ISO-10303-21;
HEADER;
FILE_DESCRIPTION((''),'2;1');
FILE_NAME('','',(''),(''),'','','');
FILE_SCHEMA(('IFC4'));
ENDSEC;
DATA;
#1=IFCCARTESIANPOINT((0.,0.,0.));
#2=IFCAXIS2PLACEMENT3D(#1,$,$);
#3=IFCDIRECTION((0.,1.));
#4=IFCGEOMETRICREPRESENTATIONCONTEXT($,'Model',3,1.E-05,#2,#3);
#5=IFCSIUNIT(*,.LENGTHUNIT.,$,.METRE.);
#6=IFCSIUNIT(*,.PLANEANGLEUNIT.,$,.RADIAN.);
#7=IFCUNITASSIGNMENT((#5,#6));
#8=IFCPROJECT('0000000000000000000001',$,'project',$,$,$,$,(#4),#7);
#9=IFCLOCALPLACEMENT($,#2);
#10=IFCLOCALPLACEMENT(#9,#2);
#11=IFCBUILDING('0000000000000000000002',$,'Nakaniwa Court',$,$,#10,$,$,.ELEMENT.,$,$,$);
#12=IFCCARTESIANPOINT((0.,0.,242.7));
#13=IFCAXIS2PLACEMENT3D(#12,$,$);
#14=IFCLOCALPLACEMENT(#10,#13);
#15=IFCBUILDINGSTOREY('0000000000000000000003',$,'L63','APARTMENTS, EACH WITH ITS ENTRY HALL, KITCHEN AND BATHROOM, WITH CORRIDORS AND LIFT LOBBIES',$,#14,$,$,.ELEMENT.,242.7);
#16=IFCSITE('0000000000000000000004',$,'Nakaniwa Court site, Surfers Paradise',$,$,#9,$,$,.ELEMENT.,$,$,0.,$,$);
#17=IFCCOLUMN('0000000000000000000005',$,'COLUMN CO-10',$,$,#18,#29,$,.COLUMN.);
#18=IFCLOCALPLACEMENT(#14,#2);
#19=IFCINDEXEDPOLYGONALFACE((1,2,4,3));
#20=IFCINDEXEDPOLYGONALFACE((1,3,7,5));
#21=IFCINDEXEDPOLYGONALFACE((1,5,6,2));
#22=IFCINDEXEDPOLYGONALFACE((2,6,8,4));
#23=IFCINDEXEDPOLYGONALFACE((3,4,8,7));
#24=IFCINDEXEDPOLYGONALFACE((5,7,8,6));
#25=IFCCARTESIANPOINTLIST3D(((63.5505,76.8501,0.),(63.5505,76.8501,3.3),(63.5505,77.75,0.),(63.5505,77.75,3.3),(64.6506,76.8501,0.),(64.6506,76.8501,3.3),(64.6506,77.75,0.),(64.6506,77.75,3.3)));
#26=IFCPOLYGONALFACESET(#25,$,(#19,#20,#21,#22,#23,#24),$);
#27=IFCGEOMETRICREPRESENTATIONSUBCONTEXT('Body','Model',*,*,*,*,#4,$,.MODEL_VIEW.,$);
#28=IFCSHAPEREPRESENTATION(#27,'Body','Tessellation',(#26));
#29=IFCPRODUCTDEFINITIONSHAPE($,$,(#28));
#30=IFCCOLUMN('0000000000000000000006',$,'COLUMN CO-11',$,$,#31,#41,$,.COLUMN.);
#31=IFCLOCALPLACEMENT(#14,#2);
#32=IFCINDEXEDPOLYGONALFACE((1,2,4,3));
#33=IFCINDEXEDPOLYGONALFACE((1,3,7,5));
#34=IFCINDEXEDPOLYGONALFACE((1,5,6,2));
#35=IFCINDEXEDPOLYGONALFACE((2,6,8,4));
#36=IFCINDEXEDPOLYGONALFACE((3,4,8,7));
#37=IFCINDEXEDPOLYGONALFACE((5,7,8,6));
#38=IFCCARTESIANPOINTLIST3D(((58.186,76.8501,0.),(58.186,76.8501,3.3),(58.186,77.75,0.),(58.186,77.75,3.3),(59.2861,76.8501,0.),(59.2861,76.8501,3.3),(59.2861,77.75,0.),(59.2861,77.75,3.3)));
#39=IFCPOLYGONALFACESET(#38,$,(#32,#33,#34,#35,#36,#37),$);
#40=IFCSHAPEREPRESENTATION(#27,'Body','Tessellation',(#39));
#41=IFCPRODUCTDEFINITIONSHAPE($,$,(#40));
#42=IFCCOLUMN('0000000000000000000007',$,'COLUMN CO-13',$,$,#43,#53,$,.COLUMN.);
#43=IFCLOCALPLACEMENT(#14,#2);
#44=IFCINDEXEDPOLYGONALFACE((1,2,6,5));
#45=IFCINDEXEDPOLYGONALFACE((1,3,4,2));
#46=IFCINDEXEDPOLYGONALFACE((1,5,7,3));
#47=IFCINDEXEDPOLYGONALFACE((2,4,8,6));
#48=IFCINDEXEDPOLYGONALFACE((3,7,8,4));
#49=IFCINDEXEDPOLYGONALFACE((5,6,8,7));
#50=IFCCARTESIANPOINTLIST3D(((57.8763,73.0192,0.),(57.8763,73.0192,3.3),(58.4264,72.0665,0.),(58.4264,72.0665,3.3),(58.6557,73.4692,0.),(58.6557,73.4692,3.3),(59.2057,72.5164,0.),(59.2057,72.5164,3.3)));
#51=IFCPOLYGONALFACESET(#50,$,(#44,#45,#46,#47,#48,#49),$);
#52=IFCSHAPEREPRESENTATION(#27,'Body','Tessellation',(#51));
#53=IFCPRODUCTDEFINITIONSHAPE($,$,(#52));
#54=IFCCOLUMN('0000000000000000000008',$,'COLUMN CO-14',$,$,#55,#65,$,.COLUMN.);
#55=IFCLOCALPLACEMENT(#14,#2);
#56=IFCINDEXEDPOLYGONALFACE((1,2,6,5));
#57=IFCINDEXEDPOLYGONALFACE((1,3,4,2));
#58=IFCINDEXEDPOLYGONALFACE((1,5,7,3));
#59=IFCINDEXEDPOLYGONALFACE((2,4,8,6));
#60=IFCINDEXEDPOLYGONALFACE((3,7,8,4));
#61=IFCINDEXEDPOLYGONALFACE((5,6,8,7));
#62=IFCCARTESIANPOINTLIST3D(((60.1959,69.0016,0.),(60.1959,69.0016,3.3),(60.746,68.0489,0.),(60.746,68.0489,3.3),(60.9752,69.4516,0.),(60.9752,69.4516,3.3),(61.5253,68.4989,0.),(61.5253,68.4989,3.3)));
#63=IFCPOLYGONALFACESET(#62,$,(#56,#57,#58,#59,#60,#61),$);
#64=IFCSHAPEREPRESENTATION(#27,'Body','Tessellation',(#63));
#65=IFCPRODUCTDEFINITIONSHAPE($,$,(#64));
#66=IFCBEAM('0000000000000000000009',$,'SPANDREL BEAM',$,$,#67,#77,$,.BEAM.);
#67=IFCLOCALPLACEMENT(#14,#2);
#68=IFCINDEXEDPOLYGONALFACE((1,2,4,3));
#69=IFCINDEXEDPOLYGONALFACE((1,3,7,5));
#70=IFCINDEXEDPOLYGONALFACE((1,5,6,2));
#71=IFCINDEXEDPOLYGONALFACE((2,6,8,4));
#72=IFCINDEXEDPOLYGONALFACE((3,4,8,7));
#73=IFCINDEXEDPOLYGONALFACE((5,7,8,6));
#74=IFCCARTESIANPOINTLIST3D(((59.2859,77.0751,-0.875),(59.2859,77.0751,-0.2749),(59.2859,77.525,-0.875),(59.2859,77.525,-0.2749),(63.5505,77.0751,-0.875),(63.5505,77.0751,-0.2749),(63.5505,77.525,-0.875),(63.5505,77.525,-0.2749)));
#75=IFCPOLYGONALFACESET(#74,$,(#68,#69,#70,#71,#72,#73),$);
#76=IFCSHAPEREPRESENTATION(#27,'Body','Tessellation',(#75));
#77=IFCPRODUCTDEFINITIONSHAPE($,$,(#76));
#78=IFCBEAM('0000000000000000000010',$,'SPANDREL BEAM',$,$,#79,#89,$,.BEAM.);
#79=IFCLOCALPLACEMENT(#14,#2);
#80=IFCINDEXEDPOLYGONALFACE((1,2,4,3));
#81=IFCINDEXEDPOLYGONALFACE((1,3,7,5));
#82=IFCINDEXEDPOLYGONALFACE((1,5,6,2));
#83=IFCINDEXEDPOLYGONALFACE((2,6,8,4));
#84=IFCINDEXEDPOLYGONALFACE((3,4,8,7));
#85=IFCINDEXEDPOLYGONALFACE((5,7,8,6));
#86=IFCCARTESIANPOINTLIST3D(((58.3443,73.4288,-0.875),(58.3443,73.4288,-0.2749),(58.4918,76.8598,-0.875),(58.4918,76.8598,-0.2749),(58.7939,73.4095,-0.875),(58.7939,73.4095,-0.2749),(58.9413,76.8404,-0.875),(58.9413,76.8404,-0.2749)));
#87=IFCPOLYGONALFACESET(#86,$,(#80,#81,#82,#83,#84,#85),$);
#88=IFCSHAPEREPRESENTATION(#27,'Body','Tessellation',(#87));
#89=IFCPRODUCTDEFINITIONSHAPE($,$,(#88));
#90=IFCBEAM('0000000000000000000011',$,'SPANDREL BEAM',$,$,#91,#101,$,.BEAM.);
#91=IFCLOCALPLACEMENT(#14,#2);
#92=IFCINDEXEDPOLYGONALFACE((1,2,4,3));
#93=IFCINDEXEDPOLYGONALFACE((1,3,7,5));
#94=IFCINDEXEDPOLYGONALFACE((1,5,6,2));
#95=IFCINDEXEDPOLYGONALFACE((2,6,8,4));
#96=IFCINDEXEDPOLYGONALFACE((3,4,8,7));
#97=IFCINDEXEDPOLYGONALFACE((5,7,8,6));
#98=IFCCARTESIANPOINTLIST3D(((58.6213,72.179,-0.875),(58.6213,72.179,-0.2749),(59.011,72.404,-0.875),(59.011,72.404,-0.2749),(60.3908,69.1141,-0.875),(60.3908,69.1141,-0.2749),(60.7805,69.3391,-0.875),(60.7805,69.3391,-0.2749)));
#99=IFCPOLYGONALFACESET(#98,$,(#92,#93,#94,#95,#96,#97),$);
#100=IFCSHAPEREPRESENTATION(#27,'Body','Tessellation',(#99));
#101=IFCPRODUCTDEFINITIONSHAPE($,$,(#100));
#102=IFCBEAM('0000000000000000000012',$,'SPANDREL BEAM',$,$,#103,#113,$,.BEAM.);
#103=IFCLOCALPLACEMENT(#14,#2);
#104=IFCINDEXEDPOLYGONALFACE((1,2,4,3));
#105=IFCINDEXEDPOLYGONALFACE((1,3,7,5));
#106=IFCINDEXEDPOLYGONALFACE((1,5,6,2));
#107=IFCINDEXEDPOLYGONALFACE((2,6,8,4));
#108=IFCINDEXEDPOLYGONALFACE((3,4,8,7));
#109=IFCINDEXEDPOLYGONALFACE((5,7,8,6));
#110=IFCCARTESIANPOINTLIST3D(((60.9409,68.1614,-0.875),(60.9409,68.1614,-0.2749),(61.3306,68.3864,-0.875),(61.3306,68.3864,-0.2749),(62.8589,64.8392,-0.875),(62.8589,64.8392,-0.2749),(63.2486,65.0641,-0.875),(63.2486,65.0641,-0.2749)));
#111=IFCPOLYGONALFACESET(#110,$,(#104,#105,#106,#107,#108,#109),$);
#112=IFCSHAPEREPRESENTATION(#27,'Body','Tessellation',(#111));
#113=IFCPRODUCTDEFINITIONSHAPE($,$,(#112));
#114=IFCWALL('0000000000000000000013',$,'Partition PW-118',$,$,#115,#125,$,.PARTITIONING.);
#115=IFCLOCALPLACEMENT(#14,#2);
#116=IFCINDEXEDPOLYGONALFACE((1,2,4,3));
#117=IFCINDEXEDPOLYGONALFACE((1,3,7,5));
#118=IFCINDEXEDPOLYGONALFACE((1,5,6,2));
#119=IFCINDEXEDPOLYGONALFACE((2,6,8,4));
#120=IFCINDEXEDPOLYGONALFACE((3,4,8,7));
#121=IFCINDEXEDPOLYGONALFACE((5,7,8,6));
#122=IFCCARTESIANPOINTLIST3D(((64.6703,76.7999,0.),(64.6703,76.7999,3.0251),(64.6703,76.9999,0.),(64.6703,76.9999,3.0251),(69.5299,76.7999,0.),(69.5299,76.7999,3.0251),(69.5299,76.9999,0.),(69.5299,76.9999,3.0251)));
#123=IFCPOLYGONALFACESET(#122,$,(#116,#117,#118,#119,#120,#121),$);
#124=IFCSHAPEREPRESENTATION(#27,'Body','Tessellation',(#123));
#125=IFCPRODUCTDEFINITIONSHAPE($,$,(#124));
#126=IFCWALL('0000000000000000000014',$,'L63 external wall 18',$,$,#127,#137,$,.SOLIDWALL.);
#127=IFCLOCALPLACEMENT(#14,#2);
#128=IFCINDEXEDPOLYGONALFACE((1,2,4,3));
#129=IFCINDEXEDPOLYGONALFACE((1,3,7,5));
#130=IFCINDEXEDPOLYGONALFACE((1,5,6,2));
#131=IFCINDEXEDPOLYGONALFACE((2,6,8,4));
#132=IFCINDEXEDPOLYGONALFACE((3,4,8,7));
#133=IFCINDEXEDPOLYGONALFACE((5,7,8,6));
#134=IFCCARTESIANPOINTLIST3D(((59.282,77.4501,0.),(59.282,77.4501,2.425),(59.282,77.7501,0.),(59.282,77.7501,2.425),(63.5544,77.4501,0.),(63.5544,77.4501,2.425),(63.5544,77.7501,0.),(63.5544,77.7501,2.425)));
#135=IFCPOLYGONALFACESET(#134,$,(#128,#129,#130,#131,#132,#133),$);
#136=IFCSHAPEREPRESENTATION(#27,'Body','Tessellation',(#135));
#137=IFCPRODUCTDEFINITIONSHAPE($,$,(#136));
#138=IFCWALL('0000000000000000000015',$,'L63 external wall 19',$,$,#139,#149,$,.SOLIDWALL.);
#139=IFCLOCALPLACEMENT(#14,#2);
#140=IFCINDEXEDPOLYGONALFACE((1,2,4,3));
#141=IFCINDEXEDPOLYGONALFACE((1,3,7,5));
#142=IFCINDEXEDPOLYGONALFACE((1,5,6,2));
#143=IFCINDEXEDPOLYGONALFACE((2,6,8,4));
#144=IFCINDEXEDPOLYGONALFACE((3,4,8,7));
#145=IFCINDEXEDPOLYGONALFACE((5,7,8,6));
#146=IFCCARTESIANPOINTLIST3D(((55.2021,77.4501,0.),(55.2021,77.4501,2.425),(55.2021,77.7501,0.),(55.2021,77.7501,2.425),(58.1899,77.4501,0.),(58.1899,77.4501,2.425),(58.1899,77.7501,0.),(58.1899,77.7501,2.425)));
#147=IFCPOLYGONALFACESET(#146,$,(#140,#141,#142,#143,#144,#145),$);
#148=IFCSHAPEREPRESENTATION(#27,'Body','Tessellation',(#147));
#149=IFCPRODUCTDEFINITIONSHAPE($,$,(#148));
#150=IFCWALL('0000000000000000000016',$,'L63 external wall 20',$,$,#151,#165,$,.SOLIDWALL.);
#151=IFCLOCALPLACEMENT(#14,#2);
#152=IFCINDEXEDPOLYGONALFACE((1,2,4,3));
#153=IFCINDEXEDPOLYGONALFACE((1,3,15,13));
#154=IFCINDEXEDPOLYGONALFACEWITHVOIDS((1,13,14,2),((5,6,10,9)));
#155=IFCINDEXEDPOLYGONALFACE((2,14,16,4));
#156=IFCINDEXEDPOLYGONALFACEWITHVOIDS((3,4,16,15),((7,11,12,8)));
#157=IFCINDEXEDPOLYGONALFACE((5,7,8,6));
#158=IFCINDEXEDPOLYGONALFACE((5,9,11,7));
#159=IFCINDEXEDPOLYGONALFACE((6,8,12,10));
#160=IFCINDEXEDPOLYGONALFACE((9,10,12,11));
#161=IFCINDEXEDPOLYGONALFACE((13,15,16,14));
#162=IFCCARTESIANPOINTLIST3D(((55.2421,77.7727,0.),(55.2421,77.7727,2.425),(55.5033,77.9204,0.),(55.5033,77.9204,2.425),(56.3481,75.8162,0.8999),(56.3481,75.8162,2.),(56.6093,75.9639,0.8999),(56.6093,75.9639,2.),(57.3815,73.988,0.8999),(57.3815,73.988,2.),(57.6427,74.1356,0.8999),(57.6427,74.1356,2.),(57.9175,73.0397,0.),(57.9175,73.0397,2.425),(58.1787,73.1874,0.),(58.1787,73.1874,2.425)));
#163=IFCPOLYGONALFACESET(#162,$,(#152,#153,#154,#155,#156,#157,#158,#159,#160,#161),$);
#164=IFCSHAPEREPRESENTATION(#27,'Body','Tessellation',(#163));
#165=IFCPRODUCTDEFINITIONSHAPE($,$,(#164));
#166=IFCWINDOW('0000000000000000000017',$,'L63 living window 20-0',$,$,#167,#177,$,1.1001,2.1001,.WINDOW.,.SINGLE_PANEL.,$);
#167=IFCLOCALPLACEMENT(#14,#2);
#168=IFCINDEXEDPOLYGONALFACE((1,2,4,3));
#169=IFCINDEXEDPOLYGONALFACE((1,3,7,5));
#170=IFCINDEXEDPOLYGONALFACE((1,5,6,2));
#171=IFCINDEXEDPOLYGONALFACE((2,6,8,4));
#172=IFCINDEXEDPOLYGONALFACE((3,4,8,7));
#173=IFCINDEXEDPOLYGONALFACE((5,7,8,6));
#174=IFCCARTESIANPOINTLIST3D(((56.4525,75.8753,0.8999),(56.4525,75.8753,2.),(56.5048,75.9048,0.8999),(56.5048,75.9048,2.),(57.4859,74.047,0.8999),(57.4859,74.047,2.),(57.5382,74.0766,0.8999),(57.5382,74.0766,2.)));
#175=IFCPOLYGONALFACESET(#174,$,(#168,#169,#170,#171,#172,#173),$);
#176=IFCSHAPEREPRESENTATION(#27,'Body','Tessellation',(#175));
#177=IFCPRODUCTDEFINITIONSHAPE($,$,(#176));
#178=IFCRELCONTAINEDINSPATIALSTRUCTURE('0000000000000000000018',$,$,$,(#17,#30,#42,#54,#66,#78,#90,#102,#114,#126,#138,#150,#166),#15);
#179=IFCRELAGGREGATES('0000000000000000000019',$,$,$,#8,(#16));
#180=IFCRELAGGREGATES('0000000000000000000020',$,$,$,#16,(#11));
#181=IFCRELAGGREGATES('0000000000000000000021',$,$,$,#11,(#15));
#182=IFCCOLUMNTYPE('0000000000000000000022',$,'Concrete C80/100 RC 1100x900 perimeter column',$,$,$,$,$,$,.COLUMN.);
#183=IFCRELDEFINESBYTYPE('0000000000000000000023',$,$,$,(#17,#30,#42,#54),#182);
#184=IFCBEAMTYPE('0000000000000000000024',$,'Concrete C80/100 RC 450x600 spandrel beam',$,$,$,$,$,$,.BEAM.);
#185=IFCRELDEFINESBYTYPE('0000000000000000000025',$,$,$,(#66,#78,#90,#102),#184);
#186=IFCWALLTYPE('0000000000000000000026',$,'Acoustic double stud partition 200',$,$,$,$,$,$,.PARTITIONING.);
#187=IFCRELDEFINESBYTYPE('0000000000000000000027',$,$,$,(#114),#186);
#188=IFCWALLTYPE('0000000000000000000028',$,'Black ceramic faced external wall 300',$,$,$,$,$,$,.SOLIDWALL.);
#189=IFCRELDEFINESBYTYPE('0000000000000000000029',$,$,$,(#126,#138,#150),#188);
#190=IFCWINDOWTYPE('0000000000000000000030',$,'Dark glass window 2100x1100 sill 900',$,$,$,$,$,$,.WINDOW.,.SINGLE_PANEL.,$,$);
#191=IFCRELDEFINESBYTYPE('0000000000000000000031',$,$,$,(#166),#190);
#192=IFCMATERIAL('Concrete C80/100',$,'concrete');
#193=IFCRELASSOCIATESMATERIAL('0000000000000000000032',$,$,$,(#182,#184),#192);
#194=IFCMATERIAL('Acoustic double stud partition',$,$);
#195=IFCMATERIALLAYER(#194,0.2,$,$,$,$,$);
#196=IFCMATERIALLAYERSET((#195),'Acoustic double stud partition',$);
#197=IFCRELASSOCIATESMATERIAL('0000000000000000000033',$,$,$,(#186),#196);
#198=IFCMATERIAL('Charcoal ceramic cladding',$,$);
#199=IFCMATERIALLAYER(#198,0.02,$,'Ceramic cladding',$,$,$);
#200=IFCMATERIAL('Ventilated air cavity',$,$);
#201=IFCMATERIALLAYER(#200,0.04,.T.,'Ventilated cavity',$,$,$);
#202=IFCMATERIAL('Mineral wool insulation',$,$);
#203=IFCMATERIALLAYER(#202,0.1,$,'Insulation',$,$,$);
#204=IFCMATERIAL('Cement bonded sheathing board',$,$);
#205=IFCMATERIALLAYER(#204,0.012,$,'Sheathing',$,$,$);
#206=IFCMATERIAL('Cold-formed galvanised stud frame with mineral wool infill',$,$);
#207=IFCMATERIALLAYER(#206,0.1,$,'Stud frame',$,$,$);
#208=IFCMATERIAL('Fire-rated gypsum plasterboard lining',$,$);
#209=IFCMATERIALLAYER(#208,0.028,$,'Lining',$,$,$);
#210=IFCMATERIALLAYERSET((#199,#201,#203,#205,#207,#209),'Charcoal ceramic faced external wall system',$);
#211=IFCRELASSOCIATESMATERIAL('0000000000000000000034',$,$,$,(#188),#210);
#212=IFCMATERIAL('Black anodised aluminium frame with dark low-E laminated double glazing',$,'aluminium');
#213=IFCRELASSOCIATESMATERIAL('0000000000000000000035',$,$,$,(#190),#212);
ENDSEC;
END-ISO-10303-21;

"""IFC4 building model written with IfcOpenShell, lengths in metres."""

from ifc_helpers import new_model, si_unit, direction, frame, frame_2d, origin, origin_2d, place, context, subcontext, project, spatial, rectangle, extrude, material, layer, layer_set, material_profile, profile_set, type_object, element, fill, save


model = new_model("IFC4")

# Units and contexts
model_context = context("Model", 3, precision=1e-05, world=origin(), true_north=direction((0.0, 1.0)))
body_context = subcontext(model_context, "Body", "Model", "MODEL_VIEW")
ifc_project = project(units=[si_unit("LENGTHUNIT", "METRE"), si_unit("PLANEANGLEUNIT", "RADIAN")], contexts=[model_context])

# Site, building, storey
site_placement = place(None, origin())
site = spatial("IfcSite", under=ifc_project, at=site_placement, Name="Nakaniwa Court site, Surfers Paradise", CompositionType="ELEMENT", RefElevation=0.0)
building_placement = place(site_placement, origin())
building = spatial("IfcBuilding", under=site, at=building_placement, Name="Nakaniwa Court", CompositionType="ELEMENT")
storey_placement = place(building_placement, frame((0.0, 0.0, 242.7)))
storey = spatial("IfcBuildingStorey", under=building, at=storey_placement, Name="L63", Description="APARTMENTS, EACH WITH ITS ENTRY HALL, KITCHEN AND BATHROOM, WITH CORRIDORS AND LIFT LOBBIES", CompositionType="ELEMENT", Elevation=242.7)

# Columns
ifc_material_1 = material(Name="Concrete C80/100", Category="concrete")
ifc_material_profile_1 = material_profile(ifc_material_1, rectangle(XDim=1.1001, YDim=0.8999, at=origin_2d()), Name="Concrete C80/100 RC 1100x900 perimeter column")
ifc_profile_set_1 = profile_set([ifc_material_profile_1], Name="Concrete C80/100")
column_type = type_object("IfcColumnType", Name="Concrete C80/100 RC 1100x900 perimeter column", PredefinedType="COLUMN", material=ifc_profile_set_1)
for number, where, z_axis, x_axis, name in (
    (1, (64.1006, 77.3, 0.0), (0.0, 0.0, 1.0), (-1.0, 0.0, 0.0), "COLUMN CO-10"),
    (2, (58.7361, 77.3, 0.0), (0.0, 0.0, 1.0), (-1.0, 0.0, 0.0), "COLUMN CO-11"),
    (3, (58.541, 72.7678, 0.0), (0.0, 0.0, 1.0), (0.5, -0.866025, 0.0), "COLUMN CO-13"),
    (4, (60.8606, 68.7502, 0.0), (0.0, 0.0, 1.0), (0.5, -0.866025, 0.0), "COLUMN CO-14"),
):
    element("IfcColumn", number, at=place(storey_placement, frame(where, z_axis=z_axis, x_axis=x_axis)), inside=storey, type_object=column_type, Name=name, PredefinedType="COLUMN", context=body_context, shape_type="SweptSolid", body=[
        extrude(rectangle(XDim=1.1001, YDim=0.8999, at=origin_2d()), origin(), (0.0, 0.0, 1.0), 3.3),
    ])

# Beams
ifc_material_profile_2 = material_profile(ifc_material_1, rectangle(XDim=0.45, YDim=0.6001, at=origin_2d()), Name="Concrete C80/100 RC 450x600 spandrel beam")
ifc_profile_set_2 = profile_set([ifc_material_profile_2], Name="Concrete C80/100")
beam_type = type_object("IfcBeamType", Name="Concrete C80/100 RC 450x600 spandrel beam", PredefinedType="BEAM", material=ifc_profile_set_2)
beam_1_placement = place(storey_placement, frame((63.5505, 77.3, -0.575), z_axis=(-1.0, 0.0, 0.0), x_axis=(0.0, -1.0, 0.0)))
element("IfcBeam", 5, at=beam_1_placement, inside=storey, type_object=beam_type, Name="SPANDREL BEAM", PredefinedType="BEAM", context=body_context, shape_type="SweptSolid", body=[
    extrude(rectangle(XDim=0.45, YDim=0.6001, at=origin_2d()), origin(), (0.0, 0.0, 1.0), 4.2646),
])
beam_2_placement = place(storey_placement, frame((58.7166, 76.8501, -0.575), z_axis=(-0.042941, -0.999078, 0.0), x_axis=(0.999078, -0.042941, 0.0)))
element("IfcBeam", 6, at=beam_2_placement, inside=storey, type_object=beam_type, Name="SPANDREL BEAM", PredefinedType="BEAM", context=body_context, shape_type="SweptSolid", body=[
    extrude(rectangle(XDim=0.45, YDim=0.6001, at=origin_2d()), origin(), (0.0, 0.0, 1.0), 3.4341),
])
beam_3_placement = place(storey_placement, frame((58.8162, 72.2915, -0.575), z_axis=(0.499997, -0.866027, 0.0), x_axis=(0.866027, 0.499997, 0.0)))
element("IfcBeam", 7, at=beam_3_placement, inside=storey, type_object=beam_type, Name="SPANDREL BEAM", PredefinedType="BEAM", context=body_context, shape_type="SweptSolid", body=[
    extrude(rectangle(XDim=0.45, YDim=0.6001, at=origin_2d()), origin(), (0.0, 0.0, 1.0), 3.5391),
])
beam_4_placement = place(storey_placement, frame((61.1357, 68.2739, -0.575), z_axis=(0.499972, -0.866041, 0.0), x_axis=(0.866041, 0.499972, 0.0)))
element("IfcBeam", 8, at=beam_4_placement, inside=storey, type_object=beam_type, Name="SPANDREL BEAM", PredefinedType="BEAM", context=body_context, shape_type="SweptSolid", body=[
    extrude(rectangle(XDim=0.45, YDim=0.6001, at=origin_2d()), origin(), (0.0, 0.0, 1.0), 3.8362),
])

# Walls
ifc_material_2 = material(Name="Acoustic double stud partition")
ifc_layer_1 = layer(ifc_material_2, 0.2)
ifc_layer_set_1 = layer_set([ifc_layer_1], Name="Acoustic double stud partition")
wall_type_1 = type_object("IfcWallType", Name="Acoustic double stud partition 200", PredefinedType="PARTITIONING", material=ifc_layer_set_1)
wall_1_placement = place(storey_placement, frame((64.6704, 76.8999, 0.0), z_axis=(0.0, 0.0, 1.0), x_axis=(1.0, 0.0, 0.0)))
element("IfcWall", 9, at=wall_1_placement, inside=storey, type_object=wall_type_1, Name="Partition PW-118", PredefinedType="PARTITIONING", context=body_context, shape_type="SweptSolid", body=[
    extrude(rectangle(XDim=4.8596, YDim=0.2, at=frame_2d((2.4297, 0.0))), origin(), (0.0, 0.0, 1.0), 3.0251),
])
ifc_material_3 = material(Name="Charcoal ceramic cladding")
ifc_layer_2 = layer(ifc_material_3, 0.02, Name="Ceramic cladding")
ifc_material_4 = material(Name="Ventilated air cavity")
ifc_layer_3 = layer(ifc_material_4, 0.04, ventilated=True, Name="Ventilated cavity")
ifc_material_5 = material(Name="Mineral wool insulation")
ifc_layer_4 = layer(ifc_material_5, 0.1, Name="Insulation")
ifc_material_6 = material(Name="Cement bonded sheathing board")
ifc_layer_5 = layer(ifc_material_6, 0.012, Name="Sheathing")
ifc_material_7 = material(Name="Cold-formed galvanised stud frame with mineral wool infill")
ifc_layer_6 = layer(ifc_material_7, 0.1, Name="Stud frame")
ifc_material_8 = material(Name="Fire-rated gypsum plasterboard lining")
ifc_layer_7 = layer(ifc_material_8, 0.028, Name="Lining")
ifc_layer_set_2 = layer_set([ifc_layer_2, ifc_layer_3, ifc_layer_4, ifc_layer_5, ifc_layer_6, ifc_layer_7], Name="Charcoal ceramic faced external wall system")
wall_type_2 = type_object("IfcWallType", Name="Black ceramic faced external wall 300", PredefinedType="SOLIDWALL", material=ifc_layer_set_2)
wall_2_placement = place(storey_placement, frame((63.5544, 77.6001, 0.0), z_axis=(0.0, 0.0, 1.0), x_axis=(-1.0, 0.0, 0.0)))
element("IfcWall", 10, at=wall_2_placement, inside=storey, type_object=wall_type_2, Name="L63 external wall 18", PredefinedType="SOLIDWALL", context=body_context, shape_type="SweptSolid", body=[
    extrude(rectangle(XDim=4.2725, YDim=0.3, at=frame_2d((2.1362, 0.0))), origin(), (0.0, 0.0, 1.0), 2.425),
])
wall_3_placement = place(storey_placement, frame((58.1899, 77.6001, 0.0), z_axis=(0.0, 0.0, 1.0), x_axis=(-1.0, 0.0, 0.0)))
element("IfcWall", 11, at=wall_3_placement, inside=storey, type_object=wall_type_2, Name="L63 external wall 19", PredefinedType="SOLIDWALL", context=body_context, shape_type="SweptSolid", body=[
    extrude(rectangle(XDim=2.9878, YDim=0.3, at=frame_2d((1.4939, 0.0))), origin(), (0.0, 0.0, 1.0), 2.425),
])

# Wall, opening, window
wall_4_placement = place(storey_placement, frame((55.3728, 77.8464, 0.0), z_axis=(0.0, 0.0, 1.0), x_axis=(0.492081, -0.870549, 0.0)))
wall_4 = element("IfcWall", 12, at=wall_4_placement, inside=storey, type_object=wall_type_2, Name="L63 external wall 20", PredefinedType="SOLIDWALL", context=body_context, shape_type="SweptSolid", body=[
    extrude(rectangle(XDim=5.4368, YDim=0.3, at=frame_2d((2.7183, 0.0))), origin(), (0.0, 0.0, 1.0), 2.425),
])
opening_1_placement = place(wall_4_placement, frame((2.2473, 0.0, 0.8999)))
opening_1 = element("IfcOpeningElement", 13, at=opening_1_placement, cuts=wall_4, PredefinedType="OPENING", context=body_context, shape_type="SweptSolid", body=[
    extrude(rectangle(XDim=2.1001, YDim=1.1001, at=frame_2d((1.05, 0.55))), frame((0.0, 0.1599, 0.0), z_axis=(0.0, -1.0, 0.0), x_axis=(1.0, 0.0, 0.0)), (0.0, 0.0, 1.0), 0.3201),
])
ifc_material_9 = material(Name="Black anodised aluminium frame with dark low-E laminated double glazing", Category="aluminium")
window_type_1 = type_object("IfcWindowType", Name="Dark glass window 2100x1100 sill 900", PartitioningType="SINGLE_PANEL", PredefinedType="WINDOW", material=ifc_material_9)
window_1_placement = place(opening_1_placement, origin())
window_1 = element("IfcWindow", 14, at=window_1_placement, inside=storey, type_object=window_type_1, Name="L63 living window 20-0", OverallHeight=1.1001, OverallWidth=2.1001, PartitioningType="SINGLE_PANEL", PredefinedType="WINDOW", context=body_context, shape_type="SweptSolid", body=[
    extrude(rectangle(XDim=2.1001, YDim=1.1001, at=frame_2d((1.05, 0.55))), frame((0.0, 0.03, 0.0), z_axis=(0.0, -1.0, 0.0), x_axis=(1.0, 0.0, 0.0)), (0.0, 0.0, 1.0), 0.0601),
])
fill(opening_1, window_1)

save(model, "model.ifc")
